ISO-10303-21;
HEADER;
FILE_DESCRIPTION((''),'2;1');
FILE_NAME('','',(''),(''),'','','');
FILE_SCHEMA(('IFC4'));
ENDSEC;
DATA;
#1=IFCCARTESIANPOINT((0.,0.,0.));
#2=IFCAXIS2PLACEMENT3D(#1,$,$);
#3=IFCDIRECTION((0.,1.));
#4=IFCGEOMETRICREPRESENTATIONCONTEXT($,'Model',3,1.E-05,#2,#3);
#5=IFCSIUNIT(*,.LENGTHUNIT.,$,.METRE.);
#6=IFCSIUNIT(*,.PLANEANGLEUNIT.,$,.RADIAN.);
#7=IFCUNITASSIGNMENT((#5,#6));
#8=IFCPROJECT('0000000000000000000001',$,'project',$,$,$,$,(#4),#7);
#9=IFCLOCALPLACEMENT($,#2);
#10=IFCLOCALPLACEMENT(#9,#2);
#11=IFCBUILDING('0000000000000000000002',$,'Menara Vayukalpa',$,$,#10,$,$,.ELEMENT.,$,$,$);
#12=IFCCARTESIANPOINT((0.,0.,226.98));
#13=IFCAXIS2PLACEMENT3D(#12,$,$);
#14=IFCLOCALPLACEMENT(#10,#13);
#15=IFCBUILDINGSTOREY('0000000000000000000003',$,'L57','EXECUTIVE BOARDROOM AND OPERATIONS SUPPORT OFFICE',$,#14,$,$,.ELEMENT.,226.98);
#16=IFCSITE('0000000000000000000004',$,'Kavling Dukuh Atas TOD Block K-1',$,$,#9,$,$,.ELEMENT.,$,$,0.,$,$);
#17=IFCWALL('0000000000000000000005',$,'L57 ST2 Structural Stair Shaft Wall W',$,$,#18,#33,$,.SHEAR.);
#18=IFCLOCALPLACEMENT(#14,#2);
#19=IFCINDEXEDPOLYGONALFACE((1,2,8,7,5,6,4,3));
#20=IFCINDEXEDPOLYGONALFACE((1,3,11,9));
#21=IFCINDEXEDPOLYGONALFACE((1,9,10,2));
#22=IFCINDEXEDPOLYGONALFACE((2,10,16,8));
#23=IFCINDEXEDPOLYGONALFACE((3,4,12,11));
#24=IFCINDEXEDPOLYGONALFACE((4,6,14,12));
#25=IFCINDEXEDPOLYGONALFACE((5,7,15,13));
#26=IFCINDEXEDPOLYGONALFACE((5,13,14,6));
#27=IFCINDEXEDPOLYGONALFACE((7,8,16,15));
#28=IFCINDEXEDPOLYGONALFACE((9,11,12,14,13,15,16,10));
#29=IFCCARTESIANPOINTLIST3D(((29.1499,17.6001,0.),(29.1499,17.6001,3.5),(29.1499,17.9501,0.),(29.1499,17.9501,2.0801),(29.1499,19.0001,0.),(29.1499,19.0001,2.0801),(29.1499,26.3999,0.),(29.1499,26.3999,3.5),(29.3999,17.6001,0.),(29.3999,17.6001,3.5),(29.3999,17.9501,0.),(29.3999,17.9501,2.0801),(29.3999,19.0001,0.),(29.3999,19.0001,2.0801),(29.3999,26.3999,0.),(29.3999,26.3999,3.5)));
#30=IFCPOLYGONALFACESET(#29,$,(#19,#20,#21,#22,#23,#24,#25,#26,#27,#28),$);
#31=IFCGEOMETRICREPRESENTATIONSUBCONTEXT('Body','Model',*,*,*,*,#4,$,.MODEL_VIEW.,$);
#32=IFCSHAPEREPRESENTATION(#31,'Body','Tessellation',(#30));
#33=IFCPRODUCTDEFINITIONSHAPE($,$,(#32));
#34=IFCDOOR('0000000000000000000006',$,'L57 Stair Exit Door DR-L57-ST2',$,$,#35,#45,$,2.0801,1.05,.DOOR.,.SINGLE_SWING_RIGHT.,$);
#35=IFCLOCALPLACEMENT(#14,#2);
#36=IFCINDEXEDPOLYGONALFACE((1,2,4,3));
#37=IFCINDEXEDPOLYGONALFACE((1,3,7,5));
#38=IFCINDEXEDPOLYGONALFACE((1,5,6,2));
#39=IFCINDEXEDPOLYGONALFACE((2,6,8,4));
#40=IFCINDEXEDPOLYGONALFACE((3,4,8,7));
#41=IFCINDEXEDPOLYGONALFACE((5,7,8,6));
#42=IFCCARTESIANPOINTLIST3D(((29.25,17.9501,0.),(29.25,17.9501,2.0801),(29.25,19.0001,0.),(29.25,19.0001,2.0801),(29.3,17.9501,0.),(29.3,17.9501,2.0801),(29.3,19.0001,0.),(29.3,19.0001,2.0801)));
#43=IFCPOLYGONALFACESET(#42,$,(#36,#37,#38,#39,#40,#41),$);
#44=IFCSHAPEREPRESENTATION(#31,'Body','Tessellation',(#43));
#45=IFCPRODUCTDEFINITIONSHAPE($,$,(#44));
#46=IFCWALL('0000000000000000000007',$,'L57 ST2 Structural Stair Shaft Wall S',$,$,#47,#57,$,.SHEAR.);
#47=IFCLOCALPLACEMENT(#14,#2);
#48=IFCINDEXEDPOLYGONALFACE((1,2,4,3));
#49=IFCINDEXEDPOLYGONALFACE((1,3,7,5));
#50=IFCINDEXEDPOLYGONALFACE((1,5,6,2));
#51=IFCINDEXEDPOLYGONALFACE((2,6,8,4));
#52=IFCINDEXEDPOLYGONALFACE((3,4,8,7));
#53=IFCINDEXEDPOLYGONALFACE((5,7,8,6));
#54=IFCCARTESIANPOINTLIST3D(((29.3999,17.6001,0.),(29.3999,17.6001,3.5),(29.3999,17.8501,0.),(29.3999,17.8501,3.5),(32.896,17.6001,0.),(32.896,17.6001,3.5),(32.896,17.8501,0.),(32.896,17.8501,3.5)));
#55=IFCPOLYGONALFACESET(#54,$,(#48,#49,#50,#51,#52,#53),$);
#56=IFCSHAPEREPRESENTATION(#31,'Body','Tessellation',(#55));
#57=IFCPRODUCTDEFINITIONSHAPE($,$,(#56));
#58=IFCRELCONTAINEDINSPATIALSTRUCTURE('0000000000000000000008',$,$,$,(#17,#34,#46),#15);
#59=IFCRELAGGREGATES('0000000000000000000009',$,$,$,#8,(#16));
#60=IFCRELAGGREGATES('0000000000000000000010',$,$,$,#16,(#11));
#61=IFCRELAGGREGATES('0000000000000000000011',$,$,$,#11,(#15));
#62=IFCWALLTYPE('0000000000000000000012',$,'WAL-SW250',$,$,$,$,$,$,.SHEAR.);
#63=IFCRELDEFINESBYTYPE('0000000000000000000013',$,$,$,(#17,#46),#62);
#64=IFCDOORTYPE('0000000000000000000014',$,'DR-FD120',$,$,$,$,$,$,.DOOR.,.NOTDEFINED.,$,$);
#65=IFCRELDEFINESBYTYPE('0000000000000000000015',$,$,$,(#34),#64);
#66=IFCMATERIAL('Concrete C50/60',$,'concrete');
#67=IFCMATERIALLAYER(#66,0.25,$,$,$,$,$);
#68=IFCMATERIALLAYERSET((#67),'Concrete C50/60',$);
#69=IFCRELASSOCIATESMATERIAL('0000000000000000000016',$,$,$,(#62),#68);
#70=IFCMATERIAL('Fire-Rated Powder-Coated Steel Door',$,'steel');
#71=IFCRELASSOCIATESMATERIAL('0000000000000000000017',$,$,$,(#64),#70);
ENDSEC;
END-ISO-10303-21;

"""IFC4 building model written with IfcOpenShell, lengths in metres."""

from ifc_helpers import new_model, si_unit, direction, frame, frame_2d, origin, place, context, subcontext, project, spatial, rectangle, extrude, material, layer, layer_set, type_object, element, fill, save


model = new_model("IFC4")

# Units and contexts
model_context = context("Model", 3, precision=1e-05, world=origin(), true_north=direction((0.0, 1.0)))
body_context = subcontext(model_context, "Body", "Model", "MODEL_VIEW")
ifc_project = project(units=[si_unit("LENGTHUNIT", "METRE"), si_unit("PLANEANGLEUNIT", "RADIAN")], contexts=[model_context])

# Site, building, storey
site_placement = place(None, origin())
site = spatial("IfcSite", under=ifc_project, at=site_placement, Name="Kavling Dukuh Atas TOD Block K-1", CompositionType="ELEMENT", RefElevation=0.0)
building_placement = place(site_placement, origin())
building = spatial("IfcBuilding", under=site, at=building_placement, Name="Menara Vayukalpa", CompositionType="ELEMENT")
storey_placement = place(building_placement, frame((0.0, 0.0, 226.98)))
storey = spatial("IfcBuildingStorey", under=building, at=storey_placement, Name="L57", Description="EXECUTIVE BOARDROOM AND OPERATIONS SUPPORT OFFICE", CompositionType="ELEMENT", Elevation=226.98)

# Wall, opening, door
ifc_material_1 = material(Name="Concrete C50/60", Category="concrete")
ifc_layer_1 = layer(ifc_material_1, 0.25)
ifc_layer_set_1 = layer_set([ifc_layer_1], Name="Concrete C50/60")
wall_type_1 = type_object("IfcWallType", Name="WAL-SW250", PredefinedType="SHEAR", material=ifc_layer_set_1)
wall_1_placement = place(storey_placement, frame((29.2749, 17.6001, 0.0), z_axis=(0.0, 0.0, 1.0), x_axis=(0.0, 1.0, 0.0)))
wall_1 = element("IfcWall", 1, at=wall_1_placement, inside=storey, type_object=wall_type_1, Name="L57 ST2 Structural Stair Shaft Wall W", PredefinedType="SHEAR", context=body_context, shape_type="SweptSolid", body=[
    extrude(rectangle(XDim=8.7998, YDim=0.25, at=frame_2d((4.3999, 0.0))), origin(), (0.0, 0.0, 1.0), 3.5),
])
opening_1_placement = place(wall_1_placement, frame((0.3501, 0.0, 0.0)))
opening_1 = element("IfcOpeningElement", 2, at=opening_1_placement, cuts=wall_1, PredefinedType="OPENING", context=body_context, shape_type="SweptSolid", body=[
    extrude(rectangle(XDim=1.05, YDim=2.0801, at=frame_2d((0.5249, 1.04))), frame((0.0, 0.135, 0.0), z_axis=(0.0, -1.0, 0.0), x_axis=(1.0, 0.0, 0.0)), (0.0, 0.0, 1.0), 0.27),
])
ifc_material_2 = material(Name="Fire-Rated Powder-Coated Steel Door", Category="steel")
door_type_1 = type_object("IfcDoorType", Name="DR-FD120", OperationType="NOTDEFINED", PredefinedType="DOOR", material=ifc_material_2)
door_1_placement = place(opening_1_placement, origin())
door_1 = element("IfcDoor", 3, at=door_1_placement, inside=storey, type_object=door_type_1, Name="L57 Stair Exit Door DR-L57-ST2", OperationType="SINGLE_SWING_RIGHT", OverallHeight=2.0801, OverallWidth=1.05, PredefinedType="DOOR", context=body_context, shape_type="SweptSolid", body=[
    extrude(rectangle(XDim=1.05, YDim=2.0801, at=frame_2d((0.5249, 1.04))), frame((0.0, 0.0249, 0.0), z_axis=(0.0, -1.0, 0.0), x_axis=(1.0, 0.0, 0.0)), (0.0, 0.0, 1.0), 0.05),
])
fill(opening_1, door_1)

# Wall
wall_2_placement = place(storey_placement, frame((29.3999, 17.7251, 0.0), z_axis=(0.0, 0.0, 1.0), x_axis=(1.0, 0.0, 0.0)))
element("IfcWall", 4, at=wall_2_placement, inside=storey, type_object=wall_type_1, Name="L57 ST2 Structural Stair Shaft Wall S", PredefinedType="SHEAR", context=body_context, shape_type="SweptSolid", body=[
    extrude(rectangle(XDim=3.4961, YDim=0.25, at=frame_2d((1.748, 0.0))), origin(), (0.0, 0.0, 1.0), 3.5),
])

save(model, "model.ifc")
